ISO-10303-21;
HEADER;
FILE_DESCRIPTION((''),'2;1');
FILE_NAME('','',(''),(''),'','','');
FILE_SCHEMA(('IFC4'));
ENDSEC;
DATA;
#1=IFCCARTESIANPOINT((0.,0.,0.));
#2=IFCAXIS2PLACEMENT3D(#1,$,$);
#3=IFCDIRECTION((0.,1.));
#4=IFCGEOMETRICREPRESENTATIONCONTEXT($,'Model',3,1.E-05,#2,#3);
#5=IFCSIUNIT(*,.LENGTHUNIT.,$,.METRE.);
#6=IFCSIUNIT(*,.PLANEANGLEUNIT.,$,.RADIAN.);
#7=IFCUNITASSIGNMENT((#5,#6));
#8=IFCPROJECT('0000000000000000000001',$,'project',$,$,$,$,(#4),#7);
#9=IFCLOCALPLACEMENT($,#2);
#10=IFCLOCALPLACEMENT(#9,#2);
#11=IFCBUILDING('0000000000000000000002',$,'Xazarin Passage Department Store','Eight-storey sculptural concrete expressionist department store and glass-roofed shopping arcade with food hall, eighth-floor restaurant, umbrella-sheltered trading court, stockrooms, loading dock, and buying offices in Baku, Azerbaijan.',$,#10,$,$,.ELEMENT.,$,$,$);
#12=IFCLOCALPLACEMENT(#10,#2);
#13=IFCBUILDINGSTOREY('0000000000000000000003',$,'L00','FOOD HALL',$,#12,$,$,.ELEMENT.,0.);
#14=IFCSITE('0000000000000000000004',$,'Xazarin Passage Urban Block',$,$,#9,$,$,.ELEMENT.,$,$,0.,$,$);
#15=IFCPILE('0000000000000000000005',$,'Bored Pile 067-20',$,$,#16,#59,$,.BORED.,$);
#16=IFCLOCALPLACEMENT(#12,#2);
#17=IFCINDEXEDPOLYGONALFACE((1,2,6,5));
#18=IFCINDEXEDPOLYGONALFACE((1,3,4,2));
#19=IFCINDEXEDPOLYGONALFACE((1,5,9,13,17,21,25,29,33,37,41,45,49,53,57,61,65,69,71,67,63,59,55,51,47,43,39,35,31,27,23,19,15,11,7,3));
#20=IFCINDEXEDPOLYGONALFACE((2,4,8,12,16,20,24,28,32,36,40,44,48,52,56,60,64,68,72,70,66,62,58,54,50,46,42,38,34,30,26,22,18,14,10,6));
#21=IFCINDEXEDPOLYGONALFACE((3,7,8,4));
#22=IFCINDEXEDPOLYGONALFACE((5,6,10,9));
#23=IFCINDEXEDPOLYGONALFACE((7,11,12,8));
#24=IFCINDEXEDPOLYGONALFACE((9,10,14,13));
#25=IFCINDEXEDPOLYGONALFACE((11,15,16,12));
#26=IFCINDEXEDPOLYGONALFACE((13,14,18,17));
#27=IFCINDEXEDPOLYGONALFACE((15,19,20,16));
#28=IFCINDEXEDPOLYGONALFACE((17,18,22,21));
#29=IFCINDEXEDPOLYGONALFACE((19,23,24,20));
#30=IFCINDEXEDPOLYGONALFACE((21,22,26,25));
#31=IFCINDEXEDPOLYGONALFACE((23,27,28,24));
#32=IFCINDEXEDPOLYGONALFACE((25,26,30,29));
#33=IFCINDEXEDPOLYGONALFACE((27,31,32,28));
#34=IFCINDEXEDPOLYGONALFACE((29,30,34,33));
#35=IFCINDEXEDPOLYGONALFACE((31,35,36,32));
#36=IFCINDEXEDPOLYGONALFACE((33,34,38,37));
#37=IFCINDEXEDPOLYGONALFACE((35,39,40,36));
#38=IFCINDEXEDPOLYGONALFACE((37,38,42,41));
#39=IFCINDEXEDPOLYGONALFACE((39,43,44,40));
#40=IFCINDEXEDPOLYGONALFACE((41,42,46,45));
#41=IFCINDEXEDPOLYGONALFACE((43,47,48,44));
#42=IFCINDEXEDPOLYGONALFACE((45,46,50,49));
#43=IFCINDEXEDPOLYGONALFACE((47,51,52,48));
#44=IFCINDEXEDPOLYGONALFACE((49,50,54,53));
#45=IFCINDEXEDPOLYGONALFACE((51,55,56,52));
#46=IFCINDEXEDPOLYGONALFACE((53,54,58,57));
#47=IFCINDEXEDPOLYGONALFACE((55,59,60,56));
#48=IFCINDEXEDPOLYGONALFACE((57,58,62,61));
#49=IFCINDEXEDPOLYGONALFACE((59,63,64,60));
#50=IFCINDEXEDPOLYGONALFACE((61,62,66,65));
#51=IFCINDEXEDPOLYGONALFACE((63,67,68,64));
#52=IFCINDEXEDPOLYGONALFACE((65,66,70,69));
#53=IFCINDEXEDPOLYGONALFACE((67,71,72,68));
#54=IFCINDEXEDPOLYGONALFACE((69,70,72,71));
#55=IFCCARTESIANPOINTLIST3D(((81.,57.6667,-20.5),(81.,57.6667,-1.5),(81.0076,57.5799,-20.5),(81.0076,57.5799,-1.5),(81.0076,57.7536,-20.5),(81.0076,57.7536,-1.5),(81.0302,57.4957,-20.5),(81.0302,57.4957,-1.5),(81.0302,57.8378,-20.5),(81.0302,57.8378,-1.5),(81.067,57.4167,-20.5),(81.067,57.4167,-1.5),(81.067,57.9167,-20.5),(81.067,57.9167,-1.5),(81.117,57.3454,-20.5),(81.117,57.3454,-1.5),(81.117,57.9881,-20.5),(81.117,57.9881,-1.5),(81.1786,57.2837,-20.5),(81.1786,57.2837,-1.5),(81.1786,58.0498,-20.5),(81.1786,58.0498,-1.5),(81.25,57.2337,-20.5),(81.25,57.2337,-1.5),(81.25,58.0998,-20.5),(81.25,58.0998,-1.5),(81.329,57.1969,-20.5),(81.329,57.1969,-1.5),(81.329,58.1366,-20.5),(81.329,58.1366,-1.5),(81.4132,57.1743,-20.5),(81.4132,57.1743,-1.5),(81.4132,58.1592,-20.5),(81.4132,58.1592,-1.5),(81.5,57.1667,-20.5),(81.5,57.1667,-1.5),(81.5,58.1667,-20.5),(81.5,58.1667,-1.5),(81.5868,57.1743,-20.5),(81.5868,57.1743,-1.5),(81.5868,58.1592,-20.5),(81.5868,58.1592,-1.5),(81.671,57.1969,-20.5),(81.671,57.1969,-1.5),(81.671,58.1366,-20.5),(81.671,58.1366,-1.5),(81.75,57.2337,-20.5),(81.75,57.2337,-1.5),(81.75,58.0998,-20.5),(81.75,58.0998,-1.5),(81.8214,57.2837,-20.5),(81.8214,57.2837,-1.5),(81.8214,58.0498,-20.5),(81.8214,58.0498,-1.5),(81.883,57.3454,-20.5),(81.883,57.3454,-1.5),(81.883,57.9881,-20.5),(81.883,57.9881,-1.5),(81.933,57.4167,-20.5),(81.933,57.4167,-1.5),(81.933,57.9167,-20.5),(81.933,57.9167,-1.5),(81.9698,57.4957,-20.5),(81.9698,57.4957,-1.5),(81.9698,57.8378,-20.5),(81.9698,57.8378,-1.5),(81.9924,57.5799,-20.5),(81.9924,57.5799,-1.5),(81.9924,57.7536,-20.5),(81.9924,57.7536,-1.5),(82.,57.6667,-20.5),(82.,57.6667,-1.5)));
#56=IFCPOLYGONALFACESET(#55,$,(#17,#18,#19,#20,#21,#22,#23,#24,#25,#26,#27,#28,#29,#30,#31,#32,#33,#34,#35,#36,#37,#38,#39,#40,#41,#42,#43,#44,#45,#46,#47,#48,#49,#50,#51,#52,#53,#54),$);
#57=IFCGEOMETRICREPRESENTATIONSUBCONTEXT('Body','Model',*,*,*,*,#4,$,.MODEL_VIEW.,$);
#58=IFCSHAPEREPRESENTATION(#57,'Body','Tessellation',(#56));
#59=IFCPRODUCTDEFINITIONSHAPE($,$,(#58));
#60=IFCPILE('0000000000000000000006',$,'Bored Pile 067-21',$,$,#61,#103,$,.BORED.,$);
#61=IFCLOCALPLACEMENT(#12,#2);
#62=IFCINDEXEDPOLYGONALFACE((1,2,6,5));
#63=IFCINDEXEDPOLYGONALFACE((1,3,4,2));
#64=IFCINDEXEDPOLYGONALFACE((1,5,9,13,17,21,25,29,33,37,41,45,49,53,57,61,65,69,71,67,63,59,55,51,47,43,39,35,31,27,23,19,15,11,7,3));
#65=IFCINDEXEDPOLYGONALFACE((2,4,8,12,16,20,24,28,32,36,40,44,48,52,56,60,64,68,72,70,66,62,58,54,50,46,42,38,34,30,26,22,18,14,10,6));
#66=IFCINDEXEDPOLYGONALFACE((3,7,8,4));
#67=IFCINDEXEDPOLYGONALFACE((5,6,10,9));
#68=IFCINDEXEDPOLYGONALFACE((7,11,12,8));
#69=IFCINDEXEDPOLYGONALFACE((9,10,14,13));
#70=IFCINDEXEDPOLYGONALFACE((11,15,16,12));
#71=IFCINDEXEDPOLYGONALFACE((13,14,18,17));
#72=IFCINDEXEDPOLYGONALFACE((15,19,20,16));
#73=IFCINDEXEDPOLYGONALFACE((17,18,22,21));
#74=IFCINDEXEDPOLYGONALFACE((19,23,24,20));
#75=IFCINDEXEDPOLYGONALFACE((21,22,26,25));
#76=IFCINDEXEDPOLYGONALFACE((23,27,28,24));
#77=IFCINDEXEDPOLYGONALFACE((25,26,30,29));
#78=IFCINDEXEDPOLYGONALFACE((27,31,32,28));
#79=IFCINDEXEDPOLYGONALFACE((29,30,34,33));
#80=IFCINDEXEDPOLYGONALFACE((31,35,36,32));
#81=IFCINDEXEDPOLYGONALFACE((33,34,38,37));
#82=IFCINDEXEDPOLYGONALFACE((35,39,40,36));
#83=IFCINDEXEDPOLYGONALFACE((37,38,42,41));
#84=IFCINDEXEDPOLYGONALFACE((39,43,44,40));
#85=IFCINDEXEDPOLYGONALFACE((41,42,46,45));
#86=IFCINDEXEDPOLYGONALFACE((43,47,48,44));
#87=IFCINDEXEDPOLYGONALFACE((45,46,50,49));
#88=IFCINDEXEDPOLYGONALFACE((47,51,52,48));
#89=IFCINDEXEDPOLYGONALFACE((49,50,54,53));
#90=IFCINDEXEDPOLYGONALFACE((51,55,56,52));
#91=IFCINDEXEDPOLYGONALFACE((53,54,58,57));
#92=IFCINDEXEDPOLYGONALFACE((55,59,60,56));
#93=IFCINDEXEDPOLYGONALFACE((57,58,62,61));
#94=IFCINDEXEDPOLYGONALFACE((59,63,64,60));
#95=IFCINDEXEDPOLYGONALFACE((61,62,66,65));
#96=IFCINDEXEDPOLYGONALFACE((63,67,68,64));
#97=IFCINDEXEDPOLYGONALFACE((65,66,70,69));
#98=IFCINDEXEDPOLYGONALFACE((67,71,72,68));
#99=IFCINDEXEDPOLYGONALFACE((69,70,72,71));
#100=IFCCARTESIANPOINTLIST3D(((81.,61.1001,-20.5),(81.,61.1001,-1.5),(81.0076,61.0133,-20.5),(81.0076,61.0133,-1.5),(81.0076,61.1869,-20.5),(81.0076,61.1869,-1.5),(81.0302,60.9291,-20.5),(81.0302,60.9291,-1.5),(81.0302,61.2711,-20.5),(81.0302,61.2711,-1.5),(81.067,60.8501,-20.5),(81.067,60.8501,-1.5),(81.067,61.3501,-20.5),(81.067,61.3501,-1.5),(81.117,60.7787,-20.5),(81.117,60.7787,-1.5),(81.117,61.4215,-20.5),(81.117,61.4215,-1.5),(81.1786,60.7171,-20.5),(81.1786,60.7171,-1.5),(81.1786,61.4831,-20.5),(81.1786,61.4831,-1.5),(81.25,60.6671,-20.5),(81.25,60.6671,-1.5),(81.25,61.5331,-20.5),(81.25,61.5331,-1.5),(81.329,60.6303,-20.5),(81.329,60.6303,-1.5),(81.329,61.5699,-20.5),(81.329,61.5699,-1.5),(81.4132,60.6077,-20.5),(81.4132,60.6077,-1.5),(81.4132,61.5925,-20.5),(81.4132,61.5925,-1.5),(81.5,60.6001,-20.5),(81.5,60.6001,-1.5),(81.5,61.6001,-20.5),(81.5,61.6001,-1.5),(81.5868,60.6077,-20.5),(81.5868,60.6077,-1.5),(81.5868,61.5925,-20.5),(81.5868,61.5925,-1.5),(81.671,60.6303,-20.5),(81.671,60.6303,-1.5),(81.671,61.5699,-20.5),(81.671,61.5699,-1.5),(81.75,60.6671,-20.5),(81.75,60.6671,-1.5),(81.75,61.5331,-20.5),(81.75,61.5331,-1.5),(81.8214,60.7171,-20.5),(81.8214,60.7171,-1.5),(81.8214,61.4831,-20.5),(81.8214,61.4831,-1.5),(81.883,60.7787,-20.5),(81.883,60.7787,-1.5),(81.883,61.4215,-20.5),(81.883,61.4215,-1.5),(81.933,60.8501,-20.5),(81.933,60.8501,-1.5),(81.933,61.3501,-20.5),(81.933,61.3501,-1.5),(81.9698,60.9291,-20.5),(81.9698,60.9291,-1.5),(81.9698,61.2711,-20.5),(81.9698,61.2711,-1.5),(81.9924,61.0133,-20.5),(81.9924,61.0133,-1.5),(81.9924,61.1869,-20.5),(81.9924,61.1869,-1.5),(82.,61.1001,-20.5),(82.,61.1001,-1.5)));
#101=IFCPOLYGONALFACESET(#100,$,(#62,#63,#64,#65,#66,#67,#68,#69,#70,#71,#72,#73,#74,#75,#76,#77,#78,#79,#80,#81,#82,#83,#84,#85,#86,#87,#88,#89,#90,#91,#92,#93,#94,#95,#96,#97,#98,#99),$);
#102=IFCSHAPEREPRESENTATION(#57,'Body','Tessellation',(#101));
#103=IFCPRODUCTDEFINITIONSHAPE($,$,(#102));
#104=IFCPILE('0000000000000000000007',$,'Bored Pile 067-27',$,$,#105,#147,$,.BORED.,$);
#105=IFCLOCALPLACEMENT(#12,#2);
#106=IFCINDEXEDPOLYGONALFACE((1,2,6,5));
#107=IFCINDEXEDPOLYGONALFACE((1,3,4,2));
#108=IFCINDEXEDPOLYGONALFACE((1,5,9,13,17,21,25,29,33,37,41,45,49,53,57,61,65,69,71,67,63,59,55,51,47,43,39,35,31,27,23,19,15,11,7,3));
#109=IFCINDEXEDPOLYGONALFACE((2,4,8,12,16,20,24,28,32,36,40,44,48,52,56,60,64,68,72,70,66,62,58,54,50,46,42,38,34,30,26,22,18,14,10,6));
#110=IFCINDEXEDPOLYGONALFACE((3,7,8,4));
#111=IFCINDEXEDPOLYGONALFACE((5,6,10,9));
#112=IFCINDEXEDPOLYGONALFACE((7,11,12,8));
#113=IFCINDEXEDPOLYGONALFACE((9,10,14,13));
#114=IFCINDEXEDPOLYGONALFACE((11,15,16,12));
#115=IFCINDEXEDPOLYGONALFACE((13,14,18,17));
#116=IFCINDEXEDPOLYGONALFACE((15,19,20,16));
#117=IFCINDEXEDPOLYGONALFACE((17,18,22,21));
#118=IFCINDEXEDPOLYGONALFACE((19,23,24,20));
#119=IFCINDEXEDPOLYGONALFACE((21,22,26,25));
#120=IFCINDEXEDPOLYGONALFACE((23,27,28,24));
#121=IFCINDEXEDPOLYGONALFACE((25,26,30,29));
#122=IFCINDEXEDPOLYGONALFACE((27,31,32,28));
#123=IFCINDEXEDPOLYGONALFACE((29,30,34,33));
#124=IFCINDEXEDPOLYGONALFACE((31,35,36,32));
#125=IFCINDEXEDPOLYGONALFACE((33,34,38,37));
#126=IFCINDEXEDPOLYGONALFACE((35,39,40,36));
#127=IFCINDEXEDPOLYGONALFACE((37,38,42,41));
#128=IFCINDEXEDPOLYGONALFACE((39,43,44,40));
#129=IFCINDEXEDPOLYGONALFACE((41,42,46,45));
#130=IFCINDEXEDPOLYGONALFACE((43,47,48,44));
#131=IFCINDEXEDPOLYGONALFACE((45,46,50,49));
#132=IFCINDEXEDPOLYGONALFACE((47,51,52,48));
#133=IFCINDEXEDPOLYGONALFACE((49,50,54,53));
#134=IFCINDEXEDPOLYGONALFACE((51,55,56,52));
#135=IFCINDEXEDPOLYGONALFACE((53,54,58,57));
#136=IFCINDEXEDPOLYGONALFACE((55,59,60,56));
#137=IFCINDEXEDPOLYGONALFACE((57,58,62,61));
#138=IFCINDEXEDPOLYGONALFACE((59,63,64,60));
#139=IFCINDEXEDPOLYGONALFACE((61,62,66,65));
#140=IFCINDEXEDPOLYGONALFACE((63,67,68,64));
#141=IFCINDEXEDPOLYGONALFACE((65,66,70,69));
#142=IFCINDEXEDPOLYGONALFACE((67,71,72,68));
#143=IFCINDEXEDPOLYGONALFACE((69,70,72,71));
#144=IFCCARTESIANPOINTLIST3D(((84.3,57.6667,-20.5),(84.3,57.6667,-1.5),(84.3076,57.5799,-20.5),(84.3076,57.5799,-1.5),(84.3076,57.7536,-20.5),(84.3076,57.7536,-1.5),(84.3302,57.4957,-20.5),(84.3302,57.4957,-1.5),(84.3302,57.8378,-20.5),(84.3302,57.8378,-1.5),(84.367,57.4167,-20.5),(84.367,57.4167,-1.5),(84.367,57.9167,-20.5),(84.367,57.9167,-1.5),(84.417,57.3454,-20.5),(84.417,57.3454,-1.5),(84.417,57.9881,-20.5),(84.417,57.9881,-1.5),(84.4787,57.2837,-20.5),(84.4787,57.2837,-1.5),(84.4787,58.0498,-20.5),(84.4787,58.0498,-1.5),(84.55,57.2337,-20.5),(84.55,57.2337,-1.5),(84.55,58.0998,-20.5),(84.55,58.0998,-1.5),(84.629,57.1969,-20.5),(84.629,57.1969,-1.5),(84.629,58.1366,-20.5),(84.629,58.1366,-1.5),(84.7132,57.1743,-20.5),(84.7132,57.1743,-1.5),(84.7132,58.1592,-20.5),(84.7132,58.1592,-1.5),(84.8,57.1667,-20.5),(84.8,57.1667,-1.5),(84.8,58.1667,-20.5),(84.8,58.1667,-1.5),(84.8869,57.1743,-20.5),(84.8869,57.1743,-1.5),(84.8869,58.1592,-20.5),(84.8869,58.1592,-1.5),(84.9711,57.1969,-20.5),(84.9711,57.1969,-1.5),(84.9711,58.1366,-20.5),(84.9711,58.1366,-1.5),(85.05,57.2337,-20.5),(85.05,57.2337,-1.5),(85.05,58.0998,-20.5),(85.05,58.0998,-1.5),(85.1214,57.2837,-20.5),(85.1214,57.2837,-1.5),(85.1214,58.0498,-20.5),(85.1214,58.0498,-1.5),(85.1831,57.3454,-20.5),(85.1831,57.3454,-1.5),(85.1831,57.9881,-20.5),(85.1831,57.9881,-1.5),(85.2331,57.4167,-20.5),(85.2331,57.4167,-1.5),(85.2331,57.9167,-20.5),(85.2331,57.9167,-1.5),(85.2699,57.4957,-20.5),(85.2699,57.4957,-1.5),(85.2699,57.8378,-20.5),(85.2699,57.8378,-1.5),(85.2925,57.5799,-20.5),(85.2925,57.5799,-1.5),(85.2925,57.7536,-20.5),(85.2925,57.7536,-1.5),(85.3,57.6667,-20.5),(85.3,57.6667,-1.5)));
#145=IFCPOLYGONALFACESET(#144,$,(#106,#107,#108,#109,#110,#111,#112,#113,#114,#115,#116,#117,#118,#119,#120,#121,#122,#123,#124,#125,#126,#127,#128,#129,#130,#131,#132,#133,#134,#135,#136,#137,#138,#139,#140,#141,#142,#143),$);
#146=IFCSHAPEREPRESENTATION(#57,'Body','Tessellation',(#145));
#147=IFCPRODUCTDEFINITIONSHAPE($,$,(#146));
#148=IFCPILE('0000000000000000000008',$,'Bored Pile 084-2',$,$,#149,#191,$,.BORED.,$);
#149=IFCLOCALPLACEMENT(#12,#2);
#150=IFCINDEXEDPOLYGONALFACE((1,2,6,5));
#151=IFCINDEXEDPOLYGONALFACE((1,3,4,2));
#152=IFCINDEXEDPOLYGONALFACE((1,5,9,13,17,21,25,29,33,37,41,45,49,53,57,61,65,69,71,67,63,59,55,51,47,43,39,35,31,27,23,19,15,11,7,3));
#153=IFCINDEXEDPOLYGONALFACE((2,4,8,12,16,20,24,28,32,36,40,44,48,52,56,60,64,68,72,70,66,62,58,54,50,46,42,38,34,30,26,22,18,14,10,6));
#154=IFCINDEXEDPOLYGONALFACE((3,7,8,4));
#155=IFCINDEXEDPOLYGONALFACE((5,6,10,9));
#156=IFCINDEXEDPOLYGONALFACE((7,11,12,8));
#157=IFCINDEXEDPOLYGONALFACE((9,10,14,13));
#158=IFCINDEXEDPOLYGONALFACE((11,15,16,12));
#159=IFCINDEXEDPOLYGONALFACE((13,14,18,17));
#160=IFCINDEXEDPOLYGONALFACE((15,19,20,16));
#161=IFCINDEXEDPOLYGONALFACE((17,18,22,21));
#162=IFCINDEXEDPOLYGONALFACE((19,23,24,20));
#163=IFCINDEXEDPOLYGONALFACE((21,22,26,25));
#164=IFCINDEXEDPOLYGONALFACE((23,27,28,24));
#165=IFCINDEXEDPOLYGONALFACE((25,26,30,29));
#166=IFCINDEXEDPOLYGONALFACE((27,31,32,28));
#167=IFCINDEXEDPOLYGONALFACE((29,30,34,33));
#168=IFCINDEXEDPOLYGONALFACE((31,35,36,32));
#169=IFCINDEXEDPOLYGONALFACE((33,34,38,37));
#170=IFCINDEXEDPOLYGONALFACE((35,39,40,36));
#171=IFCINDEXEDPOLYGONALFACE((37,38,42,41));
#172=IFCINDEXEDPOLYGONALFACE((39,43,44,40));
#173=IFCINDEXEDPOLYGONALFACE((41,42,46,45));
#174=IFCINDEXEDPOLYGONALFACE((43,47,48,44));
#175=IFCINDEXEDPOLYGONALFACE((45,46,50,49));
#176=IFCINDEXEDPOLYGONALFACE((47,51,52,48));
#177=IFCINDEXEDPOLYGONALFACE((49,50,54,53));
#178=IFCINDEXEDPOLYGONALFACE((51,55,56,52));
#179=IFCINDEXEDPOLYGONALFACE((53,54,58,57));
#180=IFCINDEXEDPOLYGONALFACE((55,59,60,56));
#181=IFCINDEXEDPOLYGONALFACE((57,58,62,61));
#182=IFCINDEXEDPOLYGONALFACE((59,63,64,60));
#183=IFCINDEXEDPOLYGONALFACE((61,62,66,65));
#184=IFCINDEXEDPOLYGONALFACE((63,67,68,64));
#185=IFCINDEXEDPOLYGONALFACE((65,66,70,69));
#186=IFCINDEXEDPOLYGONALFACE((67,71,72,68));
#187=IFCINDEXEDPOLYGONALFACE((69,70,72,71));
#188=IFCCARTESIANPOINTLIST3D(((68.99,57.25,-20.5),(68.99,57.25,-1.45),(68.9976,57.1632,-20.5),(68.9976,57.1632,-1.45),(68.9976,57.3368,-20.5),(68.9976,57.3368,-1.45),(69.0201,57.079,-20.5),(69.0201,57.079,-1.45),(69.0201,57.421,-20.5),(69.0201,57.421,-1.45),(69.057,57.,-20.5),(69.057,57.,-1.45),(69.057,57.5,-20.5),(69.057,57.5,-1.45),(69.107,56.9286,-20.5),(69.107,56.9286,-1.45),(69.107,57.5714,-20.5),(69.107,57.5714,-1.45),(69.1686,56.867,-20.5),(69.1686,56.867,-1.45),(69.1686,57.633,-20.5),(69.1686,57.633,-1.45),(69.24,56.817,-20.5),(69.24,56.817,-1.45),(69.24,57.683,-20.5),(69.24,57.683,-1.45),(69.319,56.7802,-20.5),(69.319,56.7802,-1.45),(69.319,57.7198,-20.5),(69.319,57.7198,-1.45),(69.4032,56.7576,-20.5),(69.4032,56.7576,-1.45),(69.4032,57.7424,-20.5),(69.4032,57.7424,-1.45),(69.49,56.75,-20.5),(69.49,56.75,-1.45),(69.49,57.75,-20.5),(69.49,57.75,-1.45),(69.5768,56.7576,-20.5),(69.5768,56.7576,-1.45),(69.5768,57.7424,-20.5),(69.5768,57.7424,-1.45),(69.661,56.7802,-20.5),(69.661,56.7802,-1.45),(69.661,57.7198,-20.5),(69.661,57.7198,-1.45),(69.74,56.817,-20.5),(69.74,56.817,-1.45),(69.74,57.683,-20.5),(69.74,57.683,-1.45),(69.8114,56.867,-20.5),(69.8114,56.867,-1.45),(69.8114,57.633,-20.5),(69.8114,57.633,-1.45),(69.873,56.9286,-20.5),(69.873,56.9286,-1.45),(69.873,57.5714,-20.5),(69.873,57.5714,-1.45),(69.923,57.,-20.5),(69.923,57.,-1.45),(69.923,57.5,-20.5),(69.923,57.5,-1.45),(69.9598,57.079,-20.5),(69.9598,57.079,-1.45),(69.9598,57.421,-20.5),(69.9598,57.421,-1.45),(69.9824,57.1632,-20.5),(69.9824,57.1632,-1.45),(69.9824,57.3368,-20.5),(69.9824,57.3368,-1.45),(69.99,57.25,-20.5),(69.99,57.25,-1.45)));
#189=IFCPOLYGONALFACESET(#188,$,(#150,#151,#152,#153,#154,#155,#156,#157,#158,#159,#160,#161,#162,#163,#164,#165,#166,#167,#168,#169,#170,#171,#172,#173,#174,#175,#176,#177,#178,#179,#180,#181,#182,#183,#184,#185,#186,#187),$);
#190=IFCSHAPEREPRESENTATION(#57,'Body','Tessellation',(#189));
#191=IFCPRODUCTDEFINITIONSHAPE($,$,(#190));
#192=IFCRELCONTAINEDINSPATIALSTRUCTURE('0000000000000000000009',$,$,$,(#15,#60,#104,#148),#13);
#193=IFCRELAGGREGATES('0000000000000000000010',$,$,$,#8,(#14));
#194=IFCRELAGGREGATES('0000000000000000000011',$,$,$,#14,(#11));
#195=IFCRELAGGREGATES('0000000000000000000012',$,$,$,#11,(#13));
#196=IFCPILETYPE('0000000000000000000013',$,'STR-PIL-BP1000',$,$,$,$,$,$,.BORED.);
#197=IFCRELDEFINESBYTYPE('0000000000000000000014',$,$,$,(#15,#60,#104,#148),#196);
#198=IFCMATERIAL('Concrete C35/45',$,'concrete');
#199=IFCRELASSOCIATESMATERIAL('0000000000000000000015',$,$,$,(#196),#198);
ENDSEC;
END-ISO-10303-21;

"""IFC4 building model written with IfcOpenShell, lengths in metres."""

from ifc_helpers import new_model, si_unit, direction, frame, origin, origin_2d, place, context, subcontext, project, spatial, circle, extrude, material, material_profile, profile_set, type_object, element, save


model = new_model("IFC4")

# Units and contexts
model_context = context("Model", 3, precision=1e-05, world=origin(), true_north=direction((0.0, 1.0)))
body_context = subcontext(model_context, "Body", "Model", "MODEL_VIEW")
ifc_project = project(units=[si_unit("LENGTHUNIT", "METRE"), si_unit("PLANEANGLEUNIT", "RADIAN")], contexts=[model_context])

# Site, building, storey
site_placement = place(None, origin())
site = spatial("IfcSite", under=ifc_project, at=site_placement, Name="Xazarin Passage Urban Block", CompositionType="ELEMENT", RefElevation=0.0)
building_placement = place(site_placement, origin())
building = spatial("IfcBuilding", under=site, at=building_placement, Name="Xazarin Passage Department Store", Description="Eight-storey sculptural concrete expressionist department store and glass-roofed shopping arcade with food hall, eighth-floor restaurant, umbrella-sheltered trading court, stockrooms, loading dock, and buying offices in Baku, Azerbaijan.", CompositionType="ELEMENT")
storey_placement = place(building_placement, origin())
storey = spatial("IfcBuildingStorey", under=building, at=storey_placement, Name="L00", Description="FOOD HALL", CompositionType="ELEMENT", Elevation=0.0)

# Shared definitions
ifc_material_1 = material(Name="Concrete C35/45", Category="concrete")

# Piles
ifc_material_profile_1 = material_profile(ifc_material_1, circle(Radius=0.5, at=origin_2d()), Name="BP 1000")
ifc_profile_set_1 = profile_set([ifc_material_profile_1], Name="Concrete C35/45")
pile_type_1 = type_object("IfcPileType", Name="STR-PIL-BP1000", PredefinedType="BORED", material=ifc_profile_set_1)
for number, where, z_axis, x_axis, name in (
    (1, (81.5, 57.6667, -1.5), (0.0, 0.0, -1.0), (1.0, 0.0, 0.0), "Bored Pile 067-20"),
    (2, (81.5, 61.1001, -1.5), (0.0, 0.0, -1.0), (1.0, 0.0, 0.0), "Bored Pile 067-21"),
    (3, (84.8, 57.6667, -1.5), (0.0, 0.0, -1.0), (1.0, 0.0, 0.0), "Bored Pile 067-27"),
):
    element("IfcPile", number, at=place(storey_placement, frame(where, z_axis=z_axis, x_axis=x_axis)), inside=storey, type_object=pile_type_1, Name=name, PredefinedType="BORED", context=body_context, shape_type="SweptSolid", body=[
        extrude(circle(Radius=0.5, at=origin_2d()), origin(), (0.0, 0.0, 1.0), 19.0),
    ])
for number, where, z_axis, x_axis, name in (
    (4, (69.49, 57.25, -1.45), (0.0, 0.0, -1.0), (1.0, 0.0, 0.0), "Bored Pile 084-2"),
):
    element("IfcPile", number, at=place(storey_placement, frame(where, z_axis=z_axis, x_axis=x_axis)), inside=storey, type_object=pile_type_1, Name=name, PredefinedType="BORED", context=body_context, shape_type="SweptSolid", body=[
        extrude(circle(Radius=0.5, at=origin_2d()), origin(), (0.0, 0.0, 1.0), 19.05),
    ])

save(model, "model.ifc")
